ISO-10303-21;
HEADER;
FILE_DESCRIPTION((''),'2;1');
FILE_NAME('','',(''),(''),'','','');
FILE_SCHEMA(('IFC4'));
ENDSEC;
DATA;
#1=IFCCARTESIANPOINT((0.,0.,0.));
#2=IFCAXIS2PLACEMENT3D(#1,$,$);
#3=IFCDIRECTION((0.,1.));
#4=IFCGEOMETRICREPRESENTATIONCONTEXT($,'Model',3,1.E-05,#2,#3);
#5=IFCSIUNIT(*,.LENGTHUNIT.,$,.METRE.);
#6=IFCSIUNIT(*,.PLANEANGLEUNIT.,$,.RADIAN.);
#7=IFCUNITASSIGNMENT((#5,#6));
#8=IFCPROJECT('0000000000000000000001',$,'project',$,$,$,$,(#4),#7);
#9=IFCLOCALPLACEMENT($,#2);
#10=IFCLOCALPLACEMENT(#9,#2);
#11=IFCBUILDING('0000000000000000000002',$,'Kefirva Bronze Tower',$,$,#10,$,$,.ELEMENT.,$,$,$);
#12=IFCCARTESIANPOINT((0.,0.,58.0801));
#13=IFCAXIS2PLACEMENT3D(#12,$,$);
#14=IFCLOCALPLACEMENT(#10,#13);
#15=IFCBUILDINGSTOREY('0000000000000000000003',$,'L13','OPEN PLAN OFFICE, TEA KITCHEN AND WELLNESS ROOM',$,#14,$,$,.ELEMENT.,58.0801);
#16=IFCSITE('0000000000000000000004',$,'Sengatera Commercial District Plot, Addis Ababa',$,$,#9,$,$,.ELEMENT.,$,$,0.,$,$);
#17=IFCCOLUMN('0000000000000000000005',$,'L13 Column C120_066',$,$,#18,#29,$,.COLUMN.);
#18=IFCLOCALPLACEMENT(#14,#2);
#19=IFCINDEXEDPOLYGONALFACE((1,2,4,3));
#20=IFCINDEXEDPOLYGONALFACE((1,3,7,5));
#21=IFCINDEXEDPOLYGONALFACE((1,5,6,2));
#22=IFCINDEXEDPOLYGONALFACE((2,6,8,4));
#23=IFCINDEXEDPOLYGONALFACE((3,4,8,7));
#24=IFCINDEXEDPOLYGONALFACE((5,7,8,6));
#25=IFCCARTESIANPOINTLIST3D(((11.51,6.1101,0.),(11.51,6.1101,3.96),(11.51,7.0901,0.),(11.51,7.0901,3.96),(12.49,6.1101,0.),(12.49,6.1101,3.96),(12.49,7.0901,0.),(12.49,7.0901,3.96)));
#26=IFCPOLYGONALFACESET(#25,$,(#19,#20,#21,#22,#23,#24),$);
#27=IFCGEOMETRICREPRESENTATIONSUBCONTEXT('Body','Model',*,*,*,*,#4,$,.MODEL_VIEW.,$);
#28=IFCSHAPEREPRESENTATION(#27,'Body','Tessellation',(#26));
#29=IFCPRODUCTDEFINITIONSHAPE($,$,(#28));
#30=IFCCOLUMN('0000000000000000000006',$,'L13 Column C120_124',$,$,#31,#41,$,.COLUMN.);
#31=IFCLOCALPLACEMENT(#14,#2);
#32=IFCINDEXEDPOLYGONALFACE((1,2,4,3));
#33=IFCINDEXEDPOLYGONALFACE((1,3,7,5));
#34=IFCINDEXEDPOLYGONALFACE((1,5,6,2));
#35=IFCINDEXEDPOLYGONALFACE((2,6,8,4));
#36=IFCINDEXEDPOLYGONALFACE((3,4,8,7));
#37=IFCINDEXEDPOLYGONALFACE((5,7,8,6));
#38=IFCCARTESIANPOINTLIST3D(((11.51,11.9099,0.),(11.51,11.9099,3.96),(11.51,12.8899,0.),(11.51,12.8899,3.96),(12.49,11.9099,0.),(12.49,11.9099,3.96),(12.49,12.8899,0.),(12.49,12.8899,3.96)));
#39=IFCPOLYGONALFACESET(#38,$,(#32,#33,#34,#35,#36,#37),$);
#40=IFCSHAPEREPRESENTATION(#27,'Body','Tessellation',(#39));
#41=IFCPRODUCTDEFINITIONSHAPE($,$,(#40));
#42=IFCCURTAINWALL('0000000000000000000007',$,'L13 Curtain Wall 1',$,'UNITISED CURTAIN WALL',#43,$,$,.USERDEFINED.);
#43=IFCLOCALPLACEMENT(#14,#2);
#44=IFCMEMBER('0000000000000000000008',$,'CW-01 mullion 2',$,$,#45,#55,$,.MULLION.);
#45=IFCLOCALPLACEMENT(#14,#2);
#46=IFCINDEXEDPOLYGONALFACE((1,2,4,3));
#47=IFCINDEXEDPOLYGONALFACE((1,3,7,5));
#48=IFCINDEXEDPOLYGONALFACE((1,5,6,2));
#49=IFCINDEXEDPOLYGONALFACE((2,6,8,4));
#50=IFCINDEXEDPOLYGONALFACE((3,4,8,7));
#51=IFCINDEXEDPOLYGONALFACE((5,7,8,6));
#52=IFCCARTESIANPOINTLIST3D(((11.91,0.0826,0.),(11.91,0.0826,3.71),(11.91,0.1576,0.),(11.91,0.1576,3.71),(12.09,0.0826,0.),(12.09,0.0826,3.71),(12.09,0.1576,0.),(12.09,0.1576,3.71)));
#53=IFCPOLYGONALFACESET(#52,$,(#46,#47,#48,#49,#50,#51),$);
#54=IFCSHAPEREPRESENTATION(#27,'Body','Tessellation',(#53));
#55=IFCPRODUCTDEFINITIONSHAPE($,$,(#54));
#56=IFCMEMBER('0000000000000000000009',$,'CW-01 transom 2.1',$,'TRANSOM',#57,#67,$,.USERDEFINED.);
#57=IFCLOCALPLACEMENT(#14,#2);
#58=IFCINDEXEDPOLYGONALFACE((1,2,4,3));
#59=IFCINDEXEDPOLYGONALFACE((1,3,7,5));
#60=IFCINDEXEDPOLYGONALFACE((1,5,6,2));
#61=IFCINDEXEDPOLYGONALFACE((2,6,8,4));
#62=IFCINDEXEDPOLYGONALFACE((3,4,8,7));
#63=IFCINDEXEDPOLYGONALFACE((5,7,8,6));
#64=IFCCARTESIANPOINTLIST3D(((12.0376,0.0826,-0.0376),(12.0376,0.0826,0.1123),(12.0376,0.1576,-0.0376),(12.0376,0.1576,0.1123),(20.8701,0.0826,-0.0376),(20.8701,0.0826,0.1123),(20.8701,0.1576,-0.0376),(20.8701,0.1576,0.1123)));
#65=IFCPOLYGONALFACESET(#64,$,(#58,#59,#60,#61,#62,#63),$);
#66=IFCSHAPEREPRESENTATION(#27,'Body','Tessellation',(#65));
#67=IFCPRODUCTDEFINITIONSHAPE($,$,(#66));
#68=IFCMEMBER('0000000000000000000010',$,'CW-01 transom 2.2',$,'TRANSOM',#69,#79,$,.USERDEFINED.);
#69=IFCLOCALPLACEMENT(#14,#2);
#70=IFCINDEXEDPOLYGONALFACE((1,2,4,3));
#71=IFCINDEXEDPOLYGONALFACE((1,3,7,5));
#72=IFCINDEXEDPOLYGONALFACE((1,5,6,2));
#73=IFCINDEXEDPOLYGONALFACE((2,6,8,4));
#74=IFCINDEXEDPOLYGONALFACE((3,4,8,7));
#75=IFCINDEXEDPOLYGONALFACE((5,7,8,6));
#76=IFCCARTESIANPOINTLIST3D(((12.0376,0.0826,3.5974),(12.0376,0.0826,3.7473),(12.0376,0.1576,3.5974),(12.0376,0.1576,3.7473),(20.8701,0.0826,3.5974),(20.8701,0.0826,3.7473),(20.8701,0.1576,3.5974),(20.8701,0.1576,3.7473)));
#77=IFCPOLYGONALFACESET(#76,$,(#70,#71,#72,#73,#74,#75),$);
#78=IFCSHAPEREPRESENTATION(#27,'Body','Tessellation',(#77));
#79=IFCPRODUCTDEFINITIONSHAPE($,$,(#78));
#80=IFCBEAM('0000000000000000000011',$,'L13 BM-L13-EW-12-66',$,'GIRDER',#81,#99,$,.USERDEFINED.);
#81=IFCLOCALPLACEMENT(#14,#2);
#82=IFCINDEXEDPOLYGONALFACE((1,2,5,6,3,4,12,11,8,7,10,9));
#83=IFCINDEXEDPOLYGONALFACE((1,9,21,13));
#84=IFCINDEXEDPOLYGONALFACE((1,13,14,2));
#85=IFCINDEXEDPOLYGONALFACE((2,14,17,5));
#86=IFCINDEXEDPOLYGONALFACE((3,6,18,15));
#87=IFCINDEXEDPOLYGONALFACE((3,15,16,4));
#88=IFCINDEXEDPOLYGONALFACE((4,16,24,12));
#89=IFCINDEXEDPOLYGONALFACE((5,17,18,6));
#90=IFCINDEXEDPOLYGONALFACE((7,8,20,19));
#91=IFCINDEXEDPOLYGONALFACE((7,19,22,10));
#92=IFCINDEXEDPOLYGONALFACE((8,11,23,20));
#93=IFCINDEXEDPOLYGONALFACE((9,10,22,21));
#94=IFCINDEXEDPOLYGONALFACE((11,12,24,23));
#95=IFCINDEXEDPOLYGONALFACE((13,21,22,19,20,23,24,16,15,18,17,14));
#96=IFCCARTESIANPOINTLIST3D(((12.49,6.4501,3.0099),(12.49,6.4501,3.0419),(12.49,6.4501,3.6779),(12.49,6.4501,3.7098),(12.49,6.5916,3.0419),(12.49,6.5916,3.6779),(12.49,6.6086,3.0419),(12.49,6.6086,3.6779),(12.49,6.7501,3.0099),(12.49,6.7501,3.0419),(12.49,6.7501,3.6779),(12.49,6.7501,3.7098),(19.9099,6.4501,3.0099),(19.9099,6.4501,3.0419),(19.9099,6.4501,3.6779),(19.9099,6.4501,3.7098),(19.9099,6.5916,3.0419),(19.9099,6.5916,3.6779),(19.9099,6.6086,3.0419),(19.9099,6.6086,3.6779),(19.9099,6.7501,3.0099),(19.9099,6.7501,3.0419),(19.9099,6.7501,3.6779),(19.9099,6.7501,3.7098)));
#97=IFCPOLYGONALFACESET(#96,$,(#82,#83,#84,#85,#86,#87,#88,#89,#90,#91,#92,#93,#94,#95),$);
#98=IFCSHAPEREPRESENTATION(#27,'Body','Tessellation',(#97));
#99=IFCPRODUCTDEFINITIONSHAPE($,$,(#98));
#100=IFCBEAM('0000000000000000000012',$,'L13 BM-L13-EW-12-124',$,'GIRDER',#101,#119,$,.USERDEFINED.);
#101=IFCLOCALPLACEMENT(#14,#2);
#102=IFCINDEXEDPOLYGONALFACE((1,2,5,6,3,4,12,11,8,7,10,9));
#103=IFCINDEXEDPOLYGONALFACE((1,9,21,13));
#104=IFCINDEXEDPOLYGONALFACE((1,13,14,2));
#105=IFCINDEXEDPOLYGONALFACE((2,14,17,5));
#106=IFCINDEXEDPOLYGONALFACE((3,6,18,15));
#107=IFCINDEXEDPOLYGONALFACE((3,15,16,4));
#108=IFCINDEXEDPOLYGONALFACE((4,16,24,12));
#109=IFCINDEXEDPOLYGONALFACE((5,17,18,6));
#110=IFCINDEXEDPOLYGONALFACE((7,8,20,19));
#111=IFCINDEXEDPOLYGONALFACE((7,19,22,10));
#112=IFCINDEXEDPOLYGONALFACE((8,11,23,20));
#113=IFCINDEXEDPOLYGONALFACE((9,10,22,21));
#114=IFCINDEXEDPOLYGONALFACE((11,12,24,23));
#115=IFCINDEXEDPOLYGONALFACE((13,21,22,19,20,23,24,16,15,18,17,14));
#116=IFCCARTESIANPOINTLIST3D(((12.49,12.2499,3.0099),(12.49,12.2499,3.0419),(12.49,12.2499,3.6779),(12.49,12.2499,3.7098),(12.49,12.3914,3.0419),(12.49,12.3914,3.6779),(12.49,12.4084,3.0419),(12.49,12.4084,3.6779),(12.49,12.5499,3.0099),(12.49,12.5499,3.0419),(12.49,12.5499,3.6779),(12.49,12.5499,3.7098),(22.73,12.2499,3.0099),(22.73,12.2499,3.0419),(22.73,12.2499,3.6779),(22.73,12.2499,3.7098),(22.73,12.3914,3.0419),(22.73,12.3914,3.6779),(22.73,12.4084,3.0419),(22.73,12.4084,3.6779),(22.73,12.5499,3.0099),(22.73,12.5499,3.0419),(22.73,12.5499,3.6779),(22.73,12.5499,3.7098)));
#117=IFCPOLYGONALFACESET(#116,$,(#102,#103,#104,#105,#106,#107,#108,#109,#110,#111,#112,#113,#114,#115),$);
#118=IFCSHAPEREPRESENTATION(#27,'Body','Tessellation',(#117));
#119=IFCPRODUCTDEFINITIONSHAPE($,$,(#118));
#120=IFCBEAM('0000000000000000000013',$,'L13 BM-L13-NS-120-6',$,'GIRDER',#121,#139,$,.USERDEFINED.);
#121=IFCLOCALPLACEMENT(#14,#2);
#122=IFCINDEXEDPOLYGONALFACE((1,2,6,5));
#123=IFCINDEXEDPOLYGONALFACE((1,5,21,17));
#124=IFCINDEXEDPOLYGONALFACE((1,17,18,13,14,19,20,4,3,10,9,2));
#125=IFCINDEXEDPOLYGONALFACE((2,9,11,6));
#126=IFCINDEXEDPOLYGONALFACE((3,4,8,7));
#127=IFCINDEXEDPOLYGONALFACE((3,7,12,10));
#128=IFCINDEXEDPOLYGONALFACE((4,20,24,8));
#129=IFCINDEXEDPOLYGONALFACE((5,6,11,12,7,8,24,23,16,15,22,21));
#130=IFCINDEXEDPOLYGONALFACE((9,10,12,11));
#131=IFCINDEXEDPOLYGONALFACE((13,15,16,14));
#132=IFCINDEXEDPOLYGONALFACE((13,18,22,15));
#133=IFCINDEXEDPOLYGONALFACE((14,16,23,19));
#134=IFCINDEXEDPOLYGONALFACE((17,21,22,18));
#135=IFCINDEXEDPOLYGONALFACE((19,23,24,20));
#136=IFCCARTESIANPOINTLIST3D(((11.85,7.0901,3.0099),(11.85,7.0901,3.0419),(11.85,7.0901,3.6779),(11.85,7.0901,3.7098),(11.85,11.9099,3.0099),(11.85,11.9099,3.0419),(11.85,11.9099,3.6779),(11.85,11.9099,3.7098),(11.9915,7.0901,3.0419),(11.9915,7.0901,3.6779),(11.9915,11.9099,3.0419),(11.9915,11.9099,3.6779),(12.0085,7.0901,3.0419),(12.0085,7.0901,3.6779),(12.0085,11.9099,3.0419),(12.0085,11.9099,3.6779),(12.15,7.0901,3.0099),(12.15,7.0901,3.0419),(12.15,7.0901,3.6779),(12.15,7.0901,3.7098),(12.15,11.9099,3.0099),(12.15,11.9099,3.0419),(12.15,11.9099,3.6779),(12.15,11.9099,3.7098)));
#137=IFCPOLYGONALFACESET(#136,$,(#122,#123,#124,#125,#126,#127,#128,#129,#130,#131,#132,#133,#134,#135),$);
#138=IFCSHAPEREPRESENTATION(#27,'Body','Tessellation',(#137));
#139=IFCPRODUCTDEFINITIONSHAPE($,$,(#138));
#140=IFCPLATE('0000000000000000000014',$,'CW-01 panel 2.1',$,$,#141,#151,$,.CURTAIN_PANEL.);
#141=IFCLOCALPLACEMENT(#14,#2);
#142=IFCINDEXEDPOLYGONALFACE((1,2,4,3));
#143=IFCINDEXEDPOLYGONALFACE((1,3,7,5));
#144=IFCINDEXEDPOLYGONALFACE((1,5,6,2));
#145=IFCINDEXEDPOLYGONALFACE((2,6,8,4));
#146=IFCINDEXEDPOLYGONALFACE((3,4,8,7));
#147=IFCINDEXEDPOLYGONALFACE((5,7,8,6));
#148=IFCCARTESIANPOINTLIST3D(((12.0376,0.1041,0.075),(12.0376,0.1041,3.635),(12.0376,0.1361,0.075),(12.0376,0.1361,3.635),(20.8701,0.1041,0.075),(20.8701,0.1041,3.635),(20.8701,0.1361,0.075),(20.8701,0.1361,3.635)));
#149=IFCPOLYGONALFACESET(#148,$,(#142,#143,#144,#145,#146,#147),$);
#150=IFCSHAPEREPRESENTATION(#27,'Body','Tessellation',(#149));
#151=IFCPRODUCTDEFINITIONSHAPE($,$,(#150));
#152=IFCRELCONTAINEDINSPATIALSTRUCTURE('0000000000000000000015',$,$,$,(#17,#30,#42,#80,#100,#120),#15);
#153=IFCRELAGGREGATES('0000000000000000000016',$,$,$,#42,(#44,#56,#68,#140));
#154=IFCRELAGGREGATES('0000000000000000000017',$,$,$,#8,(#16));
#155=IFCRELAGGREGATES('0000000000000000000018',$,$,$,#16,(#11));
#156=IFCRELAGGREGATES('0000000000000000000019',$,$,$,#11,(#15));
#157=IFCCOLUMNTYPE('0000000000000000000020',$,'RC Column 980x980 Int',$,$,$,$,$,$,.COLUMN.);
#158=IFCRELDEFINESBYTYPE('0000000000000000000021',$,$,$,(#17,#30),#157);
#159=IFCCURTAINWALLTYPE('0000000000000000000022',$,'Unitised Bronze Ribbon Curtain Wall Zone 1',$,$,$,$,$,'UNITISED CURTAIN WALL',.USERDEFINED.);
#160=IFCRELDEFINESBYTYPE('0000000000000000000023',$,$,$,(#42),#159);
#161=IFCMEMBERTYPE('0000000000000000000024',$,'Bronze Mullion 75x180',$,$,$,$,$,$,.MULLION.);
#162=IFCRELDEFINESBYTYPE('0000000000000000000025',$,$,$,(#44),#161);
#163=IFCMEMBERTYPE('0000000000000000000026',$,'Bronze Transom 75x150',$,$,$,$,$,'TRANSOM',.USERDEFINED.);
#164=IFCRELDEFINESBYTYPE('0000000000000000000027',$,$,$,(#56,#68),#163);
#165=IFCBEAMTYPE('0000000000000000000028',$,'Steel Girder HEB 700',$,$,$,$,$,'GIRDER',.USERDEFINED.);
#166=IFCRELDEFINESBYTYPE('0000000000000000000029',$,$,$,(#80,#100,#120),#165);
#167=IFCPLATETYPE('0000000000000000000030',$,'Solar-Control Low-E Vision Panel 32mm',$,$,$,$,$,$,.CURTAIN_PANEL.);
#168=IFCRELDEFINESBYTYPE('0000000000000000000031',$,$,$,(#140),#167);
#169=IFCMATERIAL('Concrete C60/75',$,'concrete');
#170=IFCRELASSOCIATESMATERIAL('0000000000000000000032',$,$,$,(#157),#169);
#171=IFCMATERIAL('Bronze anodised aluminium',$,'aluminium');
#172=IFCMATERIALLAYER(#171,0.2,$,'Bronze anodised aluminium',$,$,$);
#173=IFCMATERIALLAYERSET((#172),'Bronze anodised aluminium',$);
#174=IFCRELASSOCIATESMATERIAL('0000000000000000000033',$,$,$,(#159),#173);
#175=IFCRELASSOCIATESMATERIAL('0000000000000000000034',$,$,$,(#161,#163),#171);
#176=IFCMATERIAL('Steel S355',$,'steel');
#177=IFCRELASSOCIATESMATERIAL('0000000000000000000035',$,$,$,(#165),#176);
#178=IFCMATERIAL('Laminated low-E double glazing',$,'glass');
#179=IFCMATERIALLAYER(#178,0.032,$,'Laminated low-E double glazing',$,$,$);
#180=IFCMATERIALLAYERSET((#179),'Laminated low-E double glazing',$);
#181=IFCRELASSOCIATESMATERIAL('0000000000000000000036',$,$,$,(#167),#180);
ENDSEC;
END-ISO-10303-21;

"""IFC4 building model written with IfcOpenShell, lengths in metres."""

from ifc_helpers import new_model, si_unit, direction, frame, origin, origin_2d, place, context, subcontext, project, spatial, rectangle, i_section, extrude, material, layer, layer_set, material_profile, profile_set, type_object, element, aggregate, save


model = new_model("IFC4")

# Units and contexts
model_context = context("Model", 3, precision=1e-05, world=origin(), true_north=direction((0.0, 1.0)))
body_context = subcontext(model_context, "Body", "Model", "MODEL_VIEW")
ifc_project = project(units=[si_unit("LENGTHUNIT", "METRE"), si_unit("PLANEANGLEUNIT", "RADIAN")], contexts=[model_context])

# Site, building, storey
site_placement = place(None, origin())
site = spatial("IfcSite", under=ifc_project, at=site_placement, Name="Sengatera Commercial District Plot, Addis Ababa", CompositionType="ELEMENT", RefElevation=0.0)
building_placement = place(site_placement, origin())
building = spatial("IfcBuilding", under=site, at=building_placement, Name="Kefirva Bronze Tower", CompositionType="ELEMENT")
storey_placement = place(building_placement, frame((0.0, 0.0, 58.0801)))
storey = spatial("IfcBuildingStorey", under=building, at=storey_placement, Name="L13", Description="OPEN PLAN OFFICE, TEA KITCHEN AND WELLNESS ROOM", CompositionType="ELEMENT", Elevation=58.0801)

# Columns
ifc_material_1 = material(Name="Concrete C60/75", Category="concrete")
ifc_material_profile_1 = material_profile(ifc_material_1, rectangle(XDim=0.98, YDim=0.98, at=origin_2d()), Name="RC 980x980")
ifc_profile_set_1 = profile_set([ifc_material_profile_1], Name="Concrete C60/75")
column_type = type_object("IfcColumnType", Name="RC Column 980x980 Int", PredefinedType="COLUMN", material=ifc_profile_set_1)
for number, where, z_axis, x_axis, name in (
    (1, (12.0, 6.6001, 0.0), (0.0, 0.0, 1.0), (1.0, 0.0, 0.0), "L13 Column C120_066"),
    (2, (12.0, 12.3999, 0.0), (0.0, 0.0, 1.0), (1.0, 0.0, 0.0), "L13 Column C120_124"),
):
    element("IfcColumn", number, at=place(storey_placement, frame(where, z_axis=z_axis, x_axis=x_axis)), inside=storey, type_object=column_type, Name=name, PredefinedType="COLUMN", context=body_context, shape_type="SweptSolid", body=[
        extrude(rectangle(XDim=0.98, YDim=0.98, at=origin_2d()), origin(), (0.0, 0.0, 1.0), 3.96),
    ])

# Curtain wall, members
ifc_material_2 = material(Name="Bronze anodised aluminium", Category="aluminium")
ifc_layer_1 = layer(ifc_material_2, 0.2, Name="Bronze anodised aluminium")
ifc_layer_set_1 = layer_set([ifc_layer_1], Name="Bronze anodised aluminium")
curtain_wall_type = type_object("IfcCurtainWallType", Name="Unitised Bronze Ribbon Curtain Wall Zone 1", ElementType="UNITISED CURTAIN WALL", PredefinedType="USERDEFINED", material=ifc_layer_set_1)
curtain_wall_placement = place(storey_placement, origin())
curtain_wall = element("IfcCurtainWall", 3, at=curtain_wall_placement, inside=storey, type_object=curtain_wall_type, Name="L13 Curtain Wall 1", ObjectType="UNITISED CURTAIN WALL", PredefinedType="USERDEFINED")
ifc_material_profile_2 = material_profile(ifc_material_2, rectangle(XDim=0.075, YDim=0.1799, at=origin_2d()), Name="ALU 75x180")
ifc_profile_set_2 = profile_set([ifc_material_profile_2], Name="Bronze anodised aluminium")
member_type_1 = type_object("IfcMemberType", Name="Bronze Mullion 75x180", PredefinedType="MULLION", material=ifc_profile_set_2)
member_1_placement = place(storey_placement, frame((12.0, 0.1201, 0.0), z_axis=(0.0, 0.0, 1.0), x_axis=(0.0, 1.0, 0.0)))
member_1 = element("IfcMember", 4, at=member_1_placement, type_object=member_type_1, Name="CW-01 mullion 2", PredefinedType="MULLION", context=body_context, shape_type="SweptSolid", body=[
    extrude(rectangle(XDim=0.075, YDim=0.1799, at=origin_2d()), origin(), (0.0, 0.0, 1.0), 3.71),
])
ifc_material_profile_3 = material_profile(ifc_material_2, rectangle(XDim=0.075, YDim=0.1499, at=origin_2d()), Name="ALU 75x150")
ifc_profile_set_3 = profile_set([ifc_material_profile_3], Name="Bronze anodised aluminium")
member_type_2 = type_object("IfcMemberType", Name="Bronze Transom 75x150", ElementType="TRANSOM", PredefinedType="USERDEFINED", material=ifc_profile_set_3)
member_2_placement = place(storey_placement, frame((12.0376, 0.1201, 0.0374), z_axis=(1.0, 0.0, 0.0), x_axis=(0.0, 1.0, 0.0)))
member_2 = element("IfcMember", 5, at=member_2_placement, type_object=member_type_2, Name="CW-01 transom 2.1", ObjectType="TRANSOM", PredefinedType="USERDEFINED", context=body_context, shape_type="SweptSolid", body=[
    extrude(rectangle(XDim=0.075, YDim=0.1499, at=origin_2d()), origin(), (0.0, 0.0, 1.0), 8.8325),
])
member_3_placement = place(storey_placement, frame((12.0376, 0.1201, 3.6724), z_axis=(1.0, 0.0, 0.0), x_axis=(0.0, 1.0, 0.0)))
member_3 = element("IfcMember", 6, at=member_3_placement, type_object=member_type_2, Name="CW-01 transom 2.2", ObjectType="TRANSOM", PredefinedType="USERDEFINED", context=body_context, shape_type="SweptSolid", body=[
    extrude(rectangle(XDim=0.075, YDim=0.1499, at=origin_2d()), origin(), (0.0, 0.0, 1.0), 8.8325),
])

# Beams
ifc_material_3 = material(Name="Steel S355", Category="steel")
ifc_material_profile_4 = material_profile(ifc_material_3, i_section(OverallWidth=0.3, OverallDepth=0.7, WebThickness=0.0171, FlangeThickness=0.032, at=origin_2d()), Name="HEB 700")
ifc_profile_set_4 = profile_set([ifc_material_profile_4], Name="Steel S355")
beam_type = type_object("IfcBeamType", Name="Steel Girder HEB 700", ElementType="GIRDER", PredefinedType="USERDEFINED", material=ifc_profile_set_4)
beam_1_placement = place(storey_placement, frame((12.49, 6.6001, 3.3599), z_axis=(1.0, 0.0, 0.0), x_axis=(0.0, 1.0, 0.0)))
element("IfcBeam", 7, at=beam_1_placement, inside=storey, type_object=beam_type, Name="L13 BM-L13-EW-12-66", ObjectType="GIRDER", PredefinedType="USERDEFINED", context=body_context, shape_type="SweptSolid", body=[
    extrude(i_section(OverallWidth=0.3, OverallDepth=0.7, WebThickness=0.0171, FlangeThickness=0.032, at=origin_2d()), origin(), (0.0, 0.0, 1.0), 7.4199),
])
beam_2_placement = place(storey_placement, frame((12.49, 12.3999, 3.3599), z_axis=(1.0, 0.0, 0.0), x_axis=(0.0, 1.0, 0.0)))
element("IfcBeam", 8, at=beam_2_placement, inside=storey, type_object=beam_type, Name="L13 BM-L13-EW-12-124", ObjectType="GIRDER", PredefinedType="USERDEFINED", context=body_context, shape_type="SweptSolid", body=[
    extrude(i_section(OverallWidth=0.3, OverallDepth=0.7, WebThickness=0.0171, FlangeThickness=0.032, at=origin_2d()), origin(), (0.0, 0.0, 1.0), 10.24),
])
beam_3_placement = place(storey_placement, frame((12.0, 7.0901, 3.3599), z_axis=(0.0, 1.0, 0.0), x_axis=(-1.0, 0.0, 0.0)))
element("IfcBeam", 9, at=beam_3_placement, inside=storey, type_object=beam_type, Name="L13 BM-L13-NS-120-6", ObjectType="GIRDER", PredefinedType="USERDEFINED", context=body_context, shape_type="SweptSolid", body=[
    extrude(i_section(OverallWidth=0.3, OverallDepth=0.7, WebThickness=0.0171, FlangeThickness=0.032, at=origin_2d()), origin(), (0.0, 0.0, 1.0), 4.8198),
])

# Plate
ifc_material_4 = material(Name="Laminated low-E double glazing", Category="glass")
ifc_layer_2 = layer(ifc_material_4, 0.032, Name="Laminated low-E double glazing")
ifc_layer_set_2 = layer_set([ifc_layer_2], Name="Laminated low-E double glazing")
plate_type = type_object("IfcPlateType", Name="Solar-Control Low-E Vision Panel 32mm", PredefinedType="CURTAIN_PANEL", material=ifc_layer_set_2)
plate_placement = place(storey_placement, frame((16.4539, 0.1201, 0.075), z_axis=(0.0, 0.0, 1.0), x_axis=(1.0, 0.0, 0.0)))
plate = element("IfcPlate", 10, at=plate_placement, type_object=plate_type, Name="CW-01 panel 2.1", PredefinedType="CURTAIN_PANEL", context=body_context, shape_type="SweptSolid", body=[
    extrude(rectangle(XDim=8.8325, YDim=0.032, at=origin_2d()), origin(), (0.0, 0.0, 1.0), 3.5601),
])
aggregate(curtain_wall, [member_1, member_2, member_3, plate])

save(model, "model.ifc")
